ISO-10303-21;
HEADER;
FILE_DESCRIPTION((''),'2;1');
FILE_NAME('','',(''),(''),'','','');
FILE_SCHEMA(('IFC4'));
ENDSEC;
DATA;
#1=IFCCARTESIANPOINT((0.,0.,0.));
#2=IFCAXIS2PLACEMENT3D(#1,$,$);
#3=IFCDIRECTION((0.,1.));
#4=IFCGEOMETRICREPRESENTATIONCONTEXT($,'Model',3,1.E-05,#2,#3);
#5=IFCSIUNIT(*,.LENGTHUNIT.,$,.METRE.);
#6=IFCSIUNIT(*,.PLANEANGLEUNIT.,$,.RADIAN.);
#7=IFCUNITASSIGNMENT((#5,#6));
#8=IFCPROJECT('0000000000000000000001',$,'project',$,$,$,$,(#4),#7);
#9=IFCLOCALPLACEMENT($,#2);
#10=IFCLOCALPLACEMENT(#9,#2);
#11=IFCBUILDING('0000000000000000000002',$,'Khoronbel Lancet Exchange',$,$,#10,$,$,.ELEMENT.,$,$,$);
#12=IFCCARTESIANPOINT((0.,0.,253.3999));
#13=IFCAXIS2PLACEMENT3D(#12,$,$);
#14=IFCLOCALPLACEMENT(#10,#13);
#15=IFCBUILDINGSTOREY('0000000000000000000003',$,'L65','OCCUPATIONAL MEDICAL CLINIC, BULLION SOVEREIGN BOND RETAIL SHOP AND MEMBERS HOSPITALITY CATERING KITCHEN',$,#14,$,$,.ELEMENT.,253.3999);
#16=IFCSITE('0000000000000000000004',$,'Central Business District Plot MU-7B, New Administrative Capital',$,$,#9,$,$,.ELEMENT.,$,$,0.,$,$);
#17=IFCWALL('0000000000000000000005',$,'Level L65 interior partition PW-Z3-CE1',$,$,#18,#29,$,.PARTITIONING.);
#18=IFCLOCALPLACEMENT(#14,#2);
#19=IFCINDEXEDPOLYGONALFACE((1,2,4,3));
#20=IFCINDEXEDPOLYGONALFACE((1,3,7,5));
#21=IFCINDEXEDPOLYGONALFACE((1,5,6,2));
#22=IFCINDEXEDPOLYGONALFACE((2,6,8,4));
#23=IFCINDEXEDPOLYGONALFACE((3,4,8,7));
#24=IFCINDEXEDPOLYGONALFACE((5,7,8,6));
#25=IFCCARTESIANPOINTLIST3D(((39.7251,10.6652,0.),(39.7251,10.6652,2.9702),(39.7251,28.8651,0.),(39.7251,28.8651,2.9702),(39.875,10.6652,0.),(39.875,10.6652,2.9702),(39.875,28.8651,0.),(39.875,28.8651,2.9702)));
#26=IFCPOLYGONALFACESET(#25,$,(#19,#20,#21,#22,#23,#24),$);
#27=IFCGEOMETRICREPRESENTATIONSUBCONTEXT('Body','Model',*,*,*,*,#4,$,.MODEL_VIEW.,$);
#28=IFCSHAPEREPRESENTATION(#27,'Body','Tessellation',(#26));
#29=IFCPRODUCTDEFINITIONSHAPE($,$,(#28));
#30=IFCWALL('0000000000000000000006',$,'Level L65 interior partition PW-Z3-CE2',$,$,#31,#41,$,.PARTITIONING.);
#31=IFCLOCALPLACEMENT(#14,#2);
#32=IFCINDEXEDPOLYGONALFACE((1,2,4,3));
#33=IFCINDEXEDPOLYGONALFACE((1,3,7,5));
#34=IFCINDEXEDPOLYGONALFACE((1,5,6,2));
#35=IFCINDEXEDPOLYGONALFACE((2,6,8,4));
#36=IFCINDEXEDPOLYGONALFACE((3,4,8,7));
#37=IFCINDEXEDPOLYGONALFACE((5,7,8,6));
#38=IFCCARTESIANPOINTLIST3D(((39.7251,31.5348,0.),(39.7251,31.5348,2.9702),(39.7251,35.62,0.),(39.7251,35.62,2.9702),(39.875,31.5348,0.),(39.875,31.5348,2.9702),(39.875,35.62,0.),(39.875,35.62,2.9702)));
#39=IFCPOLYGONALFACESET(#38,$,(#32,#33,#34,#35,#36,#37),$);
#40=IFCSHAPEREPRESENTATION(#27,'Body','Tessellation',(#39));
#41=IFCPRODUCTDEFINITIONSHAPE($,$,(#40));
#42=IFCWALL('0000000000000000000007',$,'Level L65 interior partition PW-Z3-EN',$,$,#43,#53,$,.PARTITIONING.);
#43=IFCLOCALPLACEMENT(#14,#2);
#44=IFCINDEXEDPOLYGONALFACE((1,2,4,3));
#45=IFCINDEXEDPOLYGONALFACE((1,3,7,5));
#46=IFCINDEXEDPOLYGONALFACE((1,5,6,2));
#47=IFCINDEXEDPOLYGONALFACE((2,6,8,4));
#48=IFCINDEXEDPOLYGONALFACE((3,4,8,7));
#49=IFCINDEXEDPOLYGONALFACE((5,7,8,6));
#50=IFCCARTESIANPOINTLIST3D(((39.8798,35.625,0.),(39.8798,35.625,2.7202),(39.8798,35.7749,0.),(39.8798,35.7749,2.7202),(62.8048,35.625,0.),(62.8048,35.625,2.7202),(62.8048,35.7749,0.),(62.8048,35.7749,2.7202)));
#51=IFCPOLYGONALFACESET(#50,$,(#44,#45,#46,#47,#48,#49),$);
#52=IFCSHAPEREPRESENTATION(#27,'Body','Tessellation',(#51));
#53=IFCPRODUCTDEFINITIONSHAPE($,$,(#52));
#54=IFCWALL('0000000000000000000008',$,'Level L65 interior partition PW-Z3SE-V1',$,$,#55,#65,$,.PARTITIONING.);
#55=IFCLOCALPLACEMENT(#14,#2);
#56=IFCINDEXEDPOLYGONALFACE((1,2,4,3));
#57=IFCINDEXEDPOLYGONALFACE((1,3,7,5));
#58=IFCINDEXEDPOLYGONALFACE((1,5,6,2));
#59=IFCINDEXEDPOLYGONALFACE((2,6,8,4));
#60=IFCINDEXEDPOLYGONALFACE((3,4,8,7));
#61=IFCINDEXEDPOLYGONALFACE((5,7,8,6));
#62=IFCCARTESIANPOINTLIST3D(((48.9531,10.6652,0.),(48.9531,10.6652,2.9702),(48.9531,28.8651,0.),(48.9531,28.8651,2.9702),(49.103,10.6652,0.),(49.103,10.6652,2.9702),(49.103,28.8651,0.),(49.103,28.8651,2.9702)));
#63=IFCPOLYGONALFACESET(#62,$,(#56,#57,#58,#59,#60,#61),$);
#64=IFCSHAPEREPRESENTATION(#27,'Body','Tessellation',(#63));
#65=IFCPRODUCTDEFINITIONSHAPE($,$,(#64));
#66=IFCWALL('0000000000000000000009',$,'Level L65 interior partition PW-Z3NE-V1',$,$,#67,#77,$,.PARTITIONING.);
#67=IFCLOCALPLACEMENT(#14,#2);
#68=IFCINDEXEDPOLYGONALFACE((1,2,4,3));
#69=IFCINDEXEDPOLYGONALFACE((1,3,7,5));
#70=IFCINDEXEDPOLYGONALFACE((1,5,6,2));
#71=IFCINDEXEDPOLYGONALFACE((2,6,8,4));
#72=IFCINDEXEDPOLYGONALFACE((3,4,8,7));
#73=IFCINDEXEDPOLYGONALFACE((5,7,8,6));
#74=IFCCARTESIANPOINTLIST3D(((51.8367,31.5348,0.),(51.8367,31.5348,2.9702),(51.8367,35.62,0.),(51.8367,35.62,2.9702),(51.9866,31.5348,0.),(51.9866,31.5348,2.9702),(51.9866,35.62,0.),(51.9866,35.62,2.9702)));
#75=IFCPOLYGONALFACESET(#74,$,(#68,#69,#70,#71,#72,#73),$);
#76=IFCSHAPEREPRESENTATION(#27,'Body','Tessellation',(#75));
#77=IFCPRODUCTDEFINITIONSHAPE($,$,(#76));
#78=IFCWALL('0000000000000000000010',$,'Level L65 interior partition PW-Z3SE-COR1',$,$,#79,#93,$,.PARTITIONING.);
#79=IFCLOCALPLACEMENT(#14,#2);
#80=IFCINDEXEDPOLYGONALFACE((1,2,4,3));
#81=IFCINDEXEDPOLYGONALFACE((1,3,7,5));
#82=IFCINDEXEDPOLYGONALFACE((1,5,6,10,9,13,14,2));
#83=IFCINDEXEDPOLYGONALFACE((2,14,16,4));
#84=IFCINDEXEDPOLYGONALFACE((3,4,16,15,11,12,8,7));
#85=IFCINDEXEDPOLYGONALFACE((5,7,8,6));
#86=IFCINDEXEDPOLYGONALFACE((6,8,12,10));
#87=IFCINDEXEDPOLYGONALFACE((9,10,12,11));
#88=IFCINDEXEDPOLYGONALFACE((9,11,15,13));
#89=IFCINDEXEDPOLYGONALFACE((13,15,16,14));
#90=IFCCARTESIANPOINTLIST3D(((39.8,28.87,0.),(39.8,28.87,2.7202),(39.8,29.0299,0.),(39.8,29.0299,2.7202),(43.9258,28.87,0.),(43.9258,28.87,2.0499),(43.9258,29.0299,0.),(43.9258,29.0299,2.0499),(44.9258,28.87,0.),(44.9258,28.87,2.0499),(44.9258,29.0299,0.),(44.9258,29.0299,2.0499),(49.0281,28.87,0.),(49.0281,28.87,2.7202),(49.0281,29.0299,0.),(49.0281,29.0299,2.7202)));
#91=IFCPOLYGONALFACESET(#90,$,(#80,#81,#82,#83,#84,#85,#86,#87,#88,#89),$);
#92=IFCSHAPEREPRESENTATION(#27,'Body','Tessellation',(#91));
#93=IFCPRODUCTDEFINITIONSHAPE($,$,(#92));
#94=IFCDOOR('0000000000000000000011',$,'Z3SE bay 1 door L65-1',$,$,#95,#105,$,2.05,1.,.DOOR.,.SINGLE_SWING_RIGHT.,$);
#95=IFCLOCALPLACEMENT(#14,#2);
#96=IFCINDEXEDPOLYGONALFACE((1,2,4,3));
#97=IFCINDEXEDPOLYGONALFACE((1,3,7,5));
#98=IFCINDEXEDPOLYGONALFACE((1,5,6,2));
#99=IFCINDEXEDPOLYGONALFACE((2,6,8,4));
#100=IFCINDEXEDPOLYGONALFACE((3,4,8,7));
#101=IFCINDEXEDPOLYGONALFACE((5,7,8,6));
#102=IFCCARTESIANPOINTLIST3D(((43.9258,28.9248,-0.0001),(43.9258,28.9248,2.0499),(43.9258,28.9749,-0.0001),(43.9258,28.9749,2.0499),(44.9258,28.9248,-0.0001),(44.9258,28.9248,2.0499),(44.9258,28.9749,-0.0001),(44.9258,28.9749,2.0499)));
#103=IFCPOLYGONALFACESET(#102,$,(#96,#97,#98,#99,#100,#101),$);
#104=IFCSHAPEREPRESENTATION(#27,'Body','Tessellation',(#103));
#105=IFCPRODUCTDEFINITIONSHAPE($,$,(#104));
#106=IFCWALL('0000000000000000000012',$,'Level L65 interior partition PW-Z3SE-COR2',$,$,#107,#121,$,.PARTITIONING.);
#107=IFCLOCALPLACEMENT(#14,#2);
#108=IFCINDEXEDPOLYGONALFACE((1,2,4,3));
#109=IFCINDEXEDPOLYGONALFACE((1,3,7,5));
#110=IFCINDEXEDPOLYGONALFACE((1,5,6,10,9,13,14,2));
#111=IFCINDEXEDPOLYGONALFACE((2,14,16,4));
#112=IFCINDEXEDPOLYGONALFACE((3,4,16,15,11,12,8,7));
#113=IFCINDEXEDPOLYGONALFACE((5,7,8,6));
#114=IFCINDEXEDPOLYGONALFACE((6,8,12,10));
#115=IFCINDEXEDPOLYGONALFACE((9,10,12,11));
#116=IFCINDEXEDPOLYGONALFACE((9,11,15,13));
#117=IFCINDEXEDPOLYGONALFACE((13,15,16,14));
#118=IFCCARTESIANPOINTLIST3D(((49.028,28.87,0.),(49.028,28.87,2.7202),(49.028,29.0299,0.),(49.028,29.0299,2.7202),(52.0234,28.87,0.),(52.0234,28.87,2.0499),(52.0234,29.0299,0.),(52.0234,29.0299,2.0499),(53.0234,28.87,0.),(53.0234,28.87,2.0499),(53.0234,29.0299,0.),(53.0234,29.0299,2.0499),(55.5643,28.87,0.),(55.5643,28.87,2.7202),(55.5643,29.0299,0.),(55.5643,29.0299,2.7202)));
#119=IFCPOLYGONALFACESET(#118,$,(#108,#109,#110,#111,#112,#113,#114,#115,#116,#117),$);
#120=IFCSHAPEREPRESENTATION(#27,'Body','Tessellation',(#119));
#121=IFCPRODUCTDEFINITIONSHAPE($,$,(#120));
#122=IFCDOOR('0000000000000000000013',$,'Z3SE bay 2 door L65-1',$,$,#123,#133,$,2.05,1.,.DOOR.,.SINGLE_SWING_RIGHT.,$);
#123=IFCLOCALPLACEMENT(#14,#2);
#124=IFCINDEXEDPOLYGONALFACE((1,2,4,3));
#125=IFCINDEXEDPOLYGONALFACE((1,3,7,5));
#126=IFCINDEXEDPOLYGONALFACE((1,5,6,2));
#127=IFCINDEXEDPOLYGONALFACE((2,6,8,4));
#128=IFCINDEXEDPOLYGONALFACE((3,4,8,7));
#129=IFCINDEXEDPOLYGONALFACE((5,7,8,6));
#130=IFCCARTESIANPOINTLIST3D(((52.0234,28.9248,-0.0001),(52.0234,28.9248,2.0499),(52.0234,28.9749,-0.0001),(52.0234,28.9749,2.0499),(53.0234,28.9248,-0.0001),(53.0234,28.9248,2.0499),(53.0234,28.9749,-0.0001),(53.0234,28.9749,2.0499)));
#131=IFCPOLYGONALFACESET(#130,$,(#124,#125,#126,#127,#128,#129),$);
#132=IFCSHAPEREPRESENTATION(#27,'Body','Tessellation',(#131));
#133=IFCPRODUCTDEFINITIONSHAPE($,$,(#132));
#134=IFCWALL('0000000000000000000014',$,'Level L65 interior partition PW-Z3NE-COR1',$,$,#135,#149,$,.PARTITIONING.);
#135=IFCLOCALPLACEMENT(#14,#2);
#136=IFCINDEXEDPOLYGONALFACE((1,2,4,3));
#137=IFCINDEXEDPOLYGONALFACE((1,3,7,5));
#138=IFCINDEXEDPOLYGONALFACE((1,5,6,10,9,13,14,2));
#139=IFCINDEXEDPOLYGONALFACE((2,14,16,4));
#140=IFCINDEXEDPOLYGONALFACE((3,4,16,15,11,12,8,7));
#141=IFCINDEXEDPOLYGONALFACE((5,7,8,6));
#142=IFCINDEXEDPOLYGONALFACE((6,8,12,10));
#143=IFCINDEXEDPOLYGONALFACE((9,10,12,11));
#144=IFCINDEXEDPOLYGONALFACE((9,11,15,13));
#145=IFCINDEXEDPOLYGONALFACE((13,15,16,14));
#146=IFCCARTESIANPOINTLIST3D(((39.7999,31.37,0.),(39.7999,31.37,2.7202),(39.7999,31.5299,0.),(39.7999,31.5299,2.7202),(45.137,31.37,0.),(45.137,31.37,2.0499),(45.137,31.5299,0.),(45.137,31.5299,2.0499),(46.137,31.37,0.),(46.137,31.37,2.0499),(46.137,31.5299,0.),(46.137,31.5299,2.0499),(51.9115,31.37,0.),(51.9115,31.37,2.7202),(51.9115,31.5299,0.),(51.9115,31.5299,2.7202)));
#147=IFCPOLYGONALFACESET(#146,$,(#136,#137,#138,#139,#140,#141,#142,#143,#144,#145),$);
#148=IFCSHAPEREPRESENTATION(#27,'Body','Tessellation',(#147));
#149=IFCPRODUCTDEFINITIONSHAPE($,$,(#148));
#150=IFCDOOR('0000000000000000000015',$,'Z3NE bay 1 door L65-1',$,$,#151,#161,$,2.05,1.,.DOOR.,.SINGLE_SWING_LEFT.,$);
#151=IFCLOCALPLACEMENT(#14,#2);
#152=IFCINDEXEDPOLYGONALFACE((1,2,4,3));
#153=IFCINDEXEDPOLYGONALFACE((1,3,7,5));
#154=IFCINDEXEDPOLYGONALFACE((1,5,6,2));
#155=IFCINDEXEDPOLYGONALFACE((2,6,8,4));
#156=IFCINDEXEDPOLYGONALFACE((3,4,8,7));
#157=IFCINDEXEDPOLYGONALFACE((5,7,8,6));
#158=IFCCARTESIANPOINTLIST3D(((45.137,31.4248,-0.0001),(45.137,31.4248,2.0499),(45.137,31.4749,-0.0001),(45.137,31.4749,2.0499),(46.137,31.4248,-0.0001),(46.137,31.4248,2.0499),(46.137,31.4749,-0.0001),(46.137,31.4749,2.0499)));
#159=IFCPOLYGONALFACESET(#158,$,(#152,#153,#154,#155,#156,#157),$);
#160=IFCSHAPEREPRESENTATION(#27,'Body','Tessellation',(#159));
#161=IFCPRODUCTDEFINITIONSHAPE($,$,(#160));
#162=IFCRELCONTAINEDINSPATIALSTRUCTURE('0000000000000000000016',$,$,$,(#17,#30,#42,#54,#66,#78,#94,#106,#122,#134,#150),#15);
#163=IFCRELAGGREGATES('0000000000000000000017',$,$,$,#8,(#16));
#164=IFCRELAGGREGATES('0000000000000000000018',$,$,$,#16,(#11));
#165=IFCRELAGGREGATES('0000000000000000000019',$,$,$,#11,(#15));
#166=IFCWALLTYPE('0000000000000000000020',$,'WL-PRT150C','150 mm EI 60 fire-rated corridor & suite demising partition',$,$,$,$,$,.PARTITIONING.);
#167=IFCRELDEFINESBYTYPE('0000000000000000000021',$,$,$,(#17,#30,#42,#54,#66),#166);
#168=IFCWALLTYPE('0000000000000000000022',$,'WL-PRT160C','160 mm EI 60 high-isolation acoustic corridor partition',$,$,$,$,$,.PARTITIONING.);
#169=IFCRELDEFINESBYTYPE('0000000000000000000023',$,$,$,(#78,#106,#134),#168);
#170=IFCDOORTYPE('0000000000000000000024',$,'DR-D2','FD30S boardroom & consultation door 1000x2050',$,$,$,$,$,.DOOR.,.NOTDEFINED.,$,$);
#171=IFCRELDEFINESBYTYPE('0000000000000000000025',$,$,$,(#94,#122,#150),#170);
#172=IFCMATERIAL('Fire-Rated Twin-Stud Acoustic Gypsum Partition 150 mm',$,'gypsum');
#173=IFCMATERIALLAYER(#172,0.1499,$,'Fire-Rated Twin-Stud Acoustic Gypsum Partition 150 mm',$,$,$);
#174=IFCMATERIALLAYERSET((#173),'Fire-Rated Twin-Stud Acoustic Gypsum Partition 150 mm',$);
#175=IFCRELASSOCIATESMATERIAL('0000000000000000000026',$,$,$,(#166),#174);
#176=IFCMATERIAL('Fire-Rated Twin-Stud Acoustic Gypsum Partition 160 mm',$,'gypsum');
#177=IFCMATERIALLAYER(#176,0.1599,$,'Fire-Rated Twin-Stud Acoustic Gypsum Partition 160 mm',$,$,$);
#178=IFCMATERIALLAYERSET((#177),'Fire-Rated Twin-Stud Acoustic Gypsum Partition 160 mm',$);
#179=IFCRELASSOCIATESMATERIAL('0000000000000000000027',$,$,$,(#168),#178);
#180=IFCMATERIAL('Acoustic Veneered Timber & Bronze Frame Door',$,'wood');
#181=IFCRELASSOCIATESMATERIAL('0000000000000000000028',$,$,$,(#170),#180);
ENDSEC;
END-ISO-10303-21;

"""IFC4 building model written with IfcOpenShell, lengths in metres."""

from ifc_helpers import new_model, si_unit, direction, frame, frame_2d, origin, place, context, subcontext, project, spatial, rectangle, extrude, material, layer, layer_set, type_object, element, fill, save


model = new_model("IFC4")

# Units and contexts
model_context = context("Model", 3, precision=1e-05, world=origin(), true_north=direction((0.0, 1.0)))
body_context = subcontext(model_context, "Body", "Model", "MODEL_VIEW")
ifc_project = project(units=[si_unit("LENGTHUNIT", "METRE"), si_unit("PLANEANGLEUNIT", "RADIAN")], contexts=[model_context])

# Site, building, storey
site_placement = place(None, origin())
site = spatial("IfcSite", under=ifc_project, at=site_placement, Name="Central Business District Plot MU-7B, New Administrative Capital", CompositionType="ELEMENT", RefElevation=0.0)
building_placement = place(site_placement, origin())
building = spatial("IfcBuilding", under=site, at=building_placement, Name="Khoronbel Lancet Exchange", CompositionType="ELEMENT")
storey_placement = place(building_placement, frame((0.0, 0.0, 253.3999)))
storey = spatial("IfcBuildingStorey", under=building, at=storey_placement, Name="L65", Description="OCCUPATIONAL MEDICAL CLINIC, BULLION SOVEREIGN BOND RETAIL SHOP AND MEMBERS HOSPITALITY CATERING KITCHEN", CompositionType="ELEMENT", Elevation=253.3999)

# Walls
ifc_material_1 = material(Name="Fire-Rated Twin-Stud Acoustic Gypsum Partition 150 mm", Category="gypsum")
ifc_layer_1 = layer(ifc_material_1, 0.1499, Name="Fire-Rated Twin-Stud Acoustic Gypsum Partition 150 mm")
ifc_layer_set_1 = layer_set([ifc_layer_1], Name="Fire-Rated Twin-Stud Acoustic Gypsum Partition 150 mm")
wall_type_1 = type_object("IfcWallType", Name="WL-PRT150C", Description="150 mm EI 60 fire-rated corridor & suite demising partition", PredefinedType="PARTITIONING", material=ifc_layer_set_1)
wall_1_placement = place(storey_placement, frame((39.8, 10.665, 0.0), z_axis=(0.0, 0.0, 1.0), x_axis=(0.0, 1.0, 0.0)))
element("IfcWall", 1, at=wall_1_placement, inside=storey, type_object=wall_type_1, Name="Level L65 interior partition PW-Z3-CE1", PredefinedType="PARTITIONING", context=body_context, shape_type="SweptSolid", body=[
    extrude(rectangle(XDim=18.2, YDim=0.1499, at=frame_2d((9.1001, 0.0))), origin(), (0.0, 0.0, 1.0), 2.9702),
])
wall_2_placement = place(storey_placement, frame((39.8, 31.5349, 0.0), z_axis=(0.0, 0.0, 1.0), x_axis=(0.0, 1.0, 0.0)))
element("IfcWall", 2, at=wall_2_placement, inside=storey, type_object=wall_type_1, Name="Level L65 interior partition PW-Z3-CE2", PredefinedType="PARTITIONING", context=body_context, shape_type="SweptSolid", body=[
    extrude(rectangle(XDim=4.0852, YDim=0.1499, at=frame_2d((2.0425, 0.0))), origin(), (0.0, 0.0, 1.0), 2.9702),
])
wall_3_placement = place(storey_placement, frame((39.8799, 35.7, 0.0), z_axis=(0.0, 0.0, 1.0), x_axis=(1.0, 0.0, 0.0)))
element("IfcWall", 3, at=wall_3_placement, inside=storey, type_object=wall_type_1, Name="Level L65 interior partition PW-Z3-EN", PredefinedType="PARTITIONING", context=body_context, shape_type="SweptSolid", body=[
    extrude(rectangle(XDim=22.925, YDim=0.1499, at=frame_2d((11.4624, 0.0))), origin(), (0.0, 0.0, 1.0), 2.7202),
])
wall_4_placement = place(storey_placement, frame((49.0281, 10.665, 0.0), z_axis=(0.0, 0.0, 1.0), x_axis=(0.0, 1.0, 0.0)))
element("IfcWall", 4, at=wall_4_placement, inside=storey, type_object=wall_type_1, Name="Level L65 interior partition PW-Z3SE-V1", PredefinedType="PARTITIONING", context=body_context, shape_type="SweptSolid", body=[
    extrude(rectangle(XDim=18.2, YDim=0.1499, at=frame_2d((9.1001, 0.0))), origin(), (0.0, 0.0, 1.0), 2.9702),
])
wall_5_placement = place(storey_placement, frame((51.9116, 31.5349, 0.0), z_axis=(0.0, 0.0, 1.0), x_axis=(0.0, 1.0, 0.0)))
element("IfcWall", 5, at=wall_5_placement, inside=storey, type_object=wall_type_1, Name="Level L65 interior partition PW-Z3NE-V1", PredefinedType="PARTITIONING", context=body_context, shape_type="SweptSolid", body=[
    extrude(rectangle(XDim=4.0852, YDim=0.1499, at=frame_2d((2.0425, 0.0))), origin(), (0.0, 0.0, 1.0), 2.9702),
])

# Walls, openings, doors
ifc_material_2 = material(Name="Fire-Rated Twin-Stud Acoustic Gypsum Partition 160 mm", Category="gypsum")
ifc_layer_2 = layer(ifc_material_2, 0.1599, Name="Fire-Rated Twin-Stud Acoustic Gypsum Partition 160 mm")
ifc_layer_set_2 = layer_set([ifc_layer_2], Name="Fire-Rated Twin-Stud Acoustic Gypsum Partition 160 mm")
wall_type_2 = type_object("IfcWallType", Name="WL-PRT160C", Description="160 mm EI 60 high-isolation acoustic corridor partition", PredefinedType="PARTITIONING", material=ifc_layer_set_2)
wall_6_placement = place(storey_placement, frame((39.8, 28.95, 0.0), z_axis=(0.0, 0.0, 1.0), x_axis=(1.0, 0.0, 0.0)))
wall_6 = element("IfcWall", 6, at=wall_6_placement, inside=storey, type_object=wall_type_2, Name="Level L65 interior partition PW-Z3SE-COR1", PredefinedType="PARTITIONING", context=body_context, shape_type="SweptSolid", body=[
    extrude(rectangle(XDim=9.228, YDim=0.1599, at=frame_2d((4.614, 0.0))), origin(), (0.0, 0.0, 1.0), 2.7202),
])
opening_1_placement = place(wall_6_placement, frame((4.1257, 0.0, 0.0)))
opening_1 = element("IfcOpeningElement", 7, at=opening_1_placement, cuts=wall_6, PredefinedType="OPENING", context=body_context, shape_type="SweptSolid", body=[
    extrude(rectangle(XDim=1.0, YDim=2.05, at=frame_2d((0.5, 1.0249))), frame((0.0, 0.0898, 0.0), z_axis=(0.0, -1.0, 0.0), x_axis=(1.0, 0.0, 0.0)), (0.0, 0.0, 1.0), 0.1799),
])
ifc_material_3 = material(Name="Acoustic Veneered Timber & Bronze Frame Door", Category="wood")
door_type_1 = type_object("IfcDoorType", Name="DR-D2", Description="FD30S boardroom & consultation door 1000x2050", OperationType="NOTDEFINED", PredefinedType="DOOR", material=ifc_material_3)
door_1_placement = place(opening_1_placement, origin())
door_1 = element("IfcDoor", 8, at=door_1_placement, inside=storey, type_object=door_type_1, Name="Z3SE bay 1 door L65-1", OperationType="SINGLE_SWING_RIGHT", OverallHeight=2.05, OverallWidth=1.0, PredefinedType="DOOR", context=body_context, shape_type="SweptSolid", body=[
    extrude(rectangle(XDim=1.0, YDim=2.05, at=frame_2d((0.5, 1.0249))), frame((0.0, 0.0249, 0.0), z_axis=(0.0, -1.0, 0.0), x_axis=(1.0, 0.0, 0.0)), (0.0, 0.0, 1.0), 0.05),
])
fill(opening_1, door_1)
wall_7_placement = place(storey_placement, frame((49.0281, 28.95, 0.0), z_axis=(0.0, 0.0, 1.0), x_axis=(1.0, 0.0, 0.0)))
wall_7 = element("IfcWall", 9, at=wall_7_placement, inside=storey, type_object=wall_type_2, Name="Level L65 interior partition PW-Z3SE-COR2", PredefinedType="PARTITIONING", context=body_context, shape_type="SweptSolid", body=[
    extrude(rectangle(XDim=6.5364, YDim=0.1599, at=frame_2d((3.2681, 0.0))), origin(), (0.0, 0.0, 1.0), 2.7202),
])
opening_2_placement = place(wall_7_placement, frame((2.9954, 0.0, 0.0)))
opening_2 = element("IfcOpeningElement", 10, at=opening_2_placement, cuts=wall_7, PredefinedType="OPENING", context=body_context, shape_type="SweptSolid", body=[
    extrude(rectangle(XDim=1.0, YDim=2.05, at=frame_2d((0.5, 1.0249))), frame((0.0, 0.0898, 0.0), z_axis=(0.0, -1.0, 0.0), x_axis=(1.0, 0.0, 0.0)), (0.0, 0.0, 1.0), 0.1799),
])
door_2_placement = place(opening_2_placement, origin())
door_2 = element("IfcDoor", 11, at=door_2_placement, inside=storey, type_object=door_type_1, Name="Z3SE bay 2 door L65-1", OperationType="SINGLE_SWING_RIGHT", OverallHeight=2.05, OverallWidth=1.0, PredefinedType="DOOR", context=body_context, shape_type="SweptSolid", body=[
    extrude(rectangle(XDim=1.0, YDim=2.05, at=frame_2d((0.5, 1.0249))), frame((0.0, 0.0249, 0.0), z_axis=(0.0, -1.0, 0.0), x_axis=(1.0, 0.0, 0.0)), (0.0, 0.0, 1.0), 0.05),
])
fill(opening_2, door_2)
wall_8_placement = place(storey_placement, frame((39.8, 31.45, 0.0), z_axis=(0.0, 0.0, 1.0), x_axis=(1.0, 0.0, 0.0)))
wall_8 = element("IfcWall", 12, at=wall_8_placement, inside=storey, type_object=wall_type_2, Name="Level L65 interior partition PW-Z3NE-COR1", PredefinedType="PARTITIONING", context=body_context, shape_type="SweptSolid", body=[
    extrude(rectangle(XDim=12.1116, YDim=0.1599, at=frame_2d((6.0557, 0.0))), origin(), (0.0, 0.0, 1.0), 2.7202),
])
opening_3_placement = place(wall_8_placement, frame((5.3369, 0.0, 0.0)))
opening_3 = element("IfcOpeningElement", 13, at=opening_3_placement, cuts=wall_8, PredefinedType="OPENING", context=body_context, shape_type="SweptSolid", body=[
    extrude(rectangle(XDim=1.0, YDim=2.05, at=frame_2d((0.5, 1.0249))), frame((0.0, 0.0898, 0.0), z_axis=(0.0, -1.0, 0.0), x_axis=(1.0, 0.0, 0.0)), (0.0, 0.0, 1.0), 0.1799),
])
door_3_placement = place(opening_3_placement, origin())
door_3 = element("IfcDoor", 14, at=door_3_placement, inside=storey, type_object=door_type_1, Name="Z3NE bay 1 door L65-1", OperationType="SINGLE_SWING_LEFT", OverallHeight=2.05, OverallWidth=1.0, PredefinedType="DOOR", context=body_context, shape_type="SweptSolid", body=[
    extrude(rectangle(XDim=1.0, YDim=2.05, at=frame_2d((0.5, 1.0249))), frame((0.0, 0.0249, 0.0), z_axis=(0.0, -1.0, 0.0), x_axis=(1.0, 0.0, 0.0)), (0.0, 0.0, 1.0), 0.05),
])
fill(opening_3, door_3)

save(model, "model.ifc")
